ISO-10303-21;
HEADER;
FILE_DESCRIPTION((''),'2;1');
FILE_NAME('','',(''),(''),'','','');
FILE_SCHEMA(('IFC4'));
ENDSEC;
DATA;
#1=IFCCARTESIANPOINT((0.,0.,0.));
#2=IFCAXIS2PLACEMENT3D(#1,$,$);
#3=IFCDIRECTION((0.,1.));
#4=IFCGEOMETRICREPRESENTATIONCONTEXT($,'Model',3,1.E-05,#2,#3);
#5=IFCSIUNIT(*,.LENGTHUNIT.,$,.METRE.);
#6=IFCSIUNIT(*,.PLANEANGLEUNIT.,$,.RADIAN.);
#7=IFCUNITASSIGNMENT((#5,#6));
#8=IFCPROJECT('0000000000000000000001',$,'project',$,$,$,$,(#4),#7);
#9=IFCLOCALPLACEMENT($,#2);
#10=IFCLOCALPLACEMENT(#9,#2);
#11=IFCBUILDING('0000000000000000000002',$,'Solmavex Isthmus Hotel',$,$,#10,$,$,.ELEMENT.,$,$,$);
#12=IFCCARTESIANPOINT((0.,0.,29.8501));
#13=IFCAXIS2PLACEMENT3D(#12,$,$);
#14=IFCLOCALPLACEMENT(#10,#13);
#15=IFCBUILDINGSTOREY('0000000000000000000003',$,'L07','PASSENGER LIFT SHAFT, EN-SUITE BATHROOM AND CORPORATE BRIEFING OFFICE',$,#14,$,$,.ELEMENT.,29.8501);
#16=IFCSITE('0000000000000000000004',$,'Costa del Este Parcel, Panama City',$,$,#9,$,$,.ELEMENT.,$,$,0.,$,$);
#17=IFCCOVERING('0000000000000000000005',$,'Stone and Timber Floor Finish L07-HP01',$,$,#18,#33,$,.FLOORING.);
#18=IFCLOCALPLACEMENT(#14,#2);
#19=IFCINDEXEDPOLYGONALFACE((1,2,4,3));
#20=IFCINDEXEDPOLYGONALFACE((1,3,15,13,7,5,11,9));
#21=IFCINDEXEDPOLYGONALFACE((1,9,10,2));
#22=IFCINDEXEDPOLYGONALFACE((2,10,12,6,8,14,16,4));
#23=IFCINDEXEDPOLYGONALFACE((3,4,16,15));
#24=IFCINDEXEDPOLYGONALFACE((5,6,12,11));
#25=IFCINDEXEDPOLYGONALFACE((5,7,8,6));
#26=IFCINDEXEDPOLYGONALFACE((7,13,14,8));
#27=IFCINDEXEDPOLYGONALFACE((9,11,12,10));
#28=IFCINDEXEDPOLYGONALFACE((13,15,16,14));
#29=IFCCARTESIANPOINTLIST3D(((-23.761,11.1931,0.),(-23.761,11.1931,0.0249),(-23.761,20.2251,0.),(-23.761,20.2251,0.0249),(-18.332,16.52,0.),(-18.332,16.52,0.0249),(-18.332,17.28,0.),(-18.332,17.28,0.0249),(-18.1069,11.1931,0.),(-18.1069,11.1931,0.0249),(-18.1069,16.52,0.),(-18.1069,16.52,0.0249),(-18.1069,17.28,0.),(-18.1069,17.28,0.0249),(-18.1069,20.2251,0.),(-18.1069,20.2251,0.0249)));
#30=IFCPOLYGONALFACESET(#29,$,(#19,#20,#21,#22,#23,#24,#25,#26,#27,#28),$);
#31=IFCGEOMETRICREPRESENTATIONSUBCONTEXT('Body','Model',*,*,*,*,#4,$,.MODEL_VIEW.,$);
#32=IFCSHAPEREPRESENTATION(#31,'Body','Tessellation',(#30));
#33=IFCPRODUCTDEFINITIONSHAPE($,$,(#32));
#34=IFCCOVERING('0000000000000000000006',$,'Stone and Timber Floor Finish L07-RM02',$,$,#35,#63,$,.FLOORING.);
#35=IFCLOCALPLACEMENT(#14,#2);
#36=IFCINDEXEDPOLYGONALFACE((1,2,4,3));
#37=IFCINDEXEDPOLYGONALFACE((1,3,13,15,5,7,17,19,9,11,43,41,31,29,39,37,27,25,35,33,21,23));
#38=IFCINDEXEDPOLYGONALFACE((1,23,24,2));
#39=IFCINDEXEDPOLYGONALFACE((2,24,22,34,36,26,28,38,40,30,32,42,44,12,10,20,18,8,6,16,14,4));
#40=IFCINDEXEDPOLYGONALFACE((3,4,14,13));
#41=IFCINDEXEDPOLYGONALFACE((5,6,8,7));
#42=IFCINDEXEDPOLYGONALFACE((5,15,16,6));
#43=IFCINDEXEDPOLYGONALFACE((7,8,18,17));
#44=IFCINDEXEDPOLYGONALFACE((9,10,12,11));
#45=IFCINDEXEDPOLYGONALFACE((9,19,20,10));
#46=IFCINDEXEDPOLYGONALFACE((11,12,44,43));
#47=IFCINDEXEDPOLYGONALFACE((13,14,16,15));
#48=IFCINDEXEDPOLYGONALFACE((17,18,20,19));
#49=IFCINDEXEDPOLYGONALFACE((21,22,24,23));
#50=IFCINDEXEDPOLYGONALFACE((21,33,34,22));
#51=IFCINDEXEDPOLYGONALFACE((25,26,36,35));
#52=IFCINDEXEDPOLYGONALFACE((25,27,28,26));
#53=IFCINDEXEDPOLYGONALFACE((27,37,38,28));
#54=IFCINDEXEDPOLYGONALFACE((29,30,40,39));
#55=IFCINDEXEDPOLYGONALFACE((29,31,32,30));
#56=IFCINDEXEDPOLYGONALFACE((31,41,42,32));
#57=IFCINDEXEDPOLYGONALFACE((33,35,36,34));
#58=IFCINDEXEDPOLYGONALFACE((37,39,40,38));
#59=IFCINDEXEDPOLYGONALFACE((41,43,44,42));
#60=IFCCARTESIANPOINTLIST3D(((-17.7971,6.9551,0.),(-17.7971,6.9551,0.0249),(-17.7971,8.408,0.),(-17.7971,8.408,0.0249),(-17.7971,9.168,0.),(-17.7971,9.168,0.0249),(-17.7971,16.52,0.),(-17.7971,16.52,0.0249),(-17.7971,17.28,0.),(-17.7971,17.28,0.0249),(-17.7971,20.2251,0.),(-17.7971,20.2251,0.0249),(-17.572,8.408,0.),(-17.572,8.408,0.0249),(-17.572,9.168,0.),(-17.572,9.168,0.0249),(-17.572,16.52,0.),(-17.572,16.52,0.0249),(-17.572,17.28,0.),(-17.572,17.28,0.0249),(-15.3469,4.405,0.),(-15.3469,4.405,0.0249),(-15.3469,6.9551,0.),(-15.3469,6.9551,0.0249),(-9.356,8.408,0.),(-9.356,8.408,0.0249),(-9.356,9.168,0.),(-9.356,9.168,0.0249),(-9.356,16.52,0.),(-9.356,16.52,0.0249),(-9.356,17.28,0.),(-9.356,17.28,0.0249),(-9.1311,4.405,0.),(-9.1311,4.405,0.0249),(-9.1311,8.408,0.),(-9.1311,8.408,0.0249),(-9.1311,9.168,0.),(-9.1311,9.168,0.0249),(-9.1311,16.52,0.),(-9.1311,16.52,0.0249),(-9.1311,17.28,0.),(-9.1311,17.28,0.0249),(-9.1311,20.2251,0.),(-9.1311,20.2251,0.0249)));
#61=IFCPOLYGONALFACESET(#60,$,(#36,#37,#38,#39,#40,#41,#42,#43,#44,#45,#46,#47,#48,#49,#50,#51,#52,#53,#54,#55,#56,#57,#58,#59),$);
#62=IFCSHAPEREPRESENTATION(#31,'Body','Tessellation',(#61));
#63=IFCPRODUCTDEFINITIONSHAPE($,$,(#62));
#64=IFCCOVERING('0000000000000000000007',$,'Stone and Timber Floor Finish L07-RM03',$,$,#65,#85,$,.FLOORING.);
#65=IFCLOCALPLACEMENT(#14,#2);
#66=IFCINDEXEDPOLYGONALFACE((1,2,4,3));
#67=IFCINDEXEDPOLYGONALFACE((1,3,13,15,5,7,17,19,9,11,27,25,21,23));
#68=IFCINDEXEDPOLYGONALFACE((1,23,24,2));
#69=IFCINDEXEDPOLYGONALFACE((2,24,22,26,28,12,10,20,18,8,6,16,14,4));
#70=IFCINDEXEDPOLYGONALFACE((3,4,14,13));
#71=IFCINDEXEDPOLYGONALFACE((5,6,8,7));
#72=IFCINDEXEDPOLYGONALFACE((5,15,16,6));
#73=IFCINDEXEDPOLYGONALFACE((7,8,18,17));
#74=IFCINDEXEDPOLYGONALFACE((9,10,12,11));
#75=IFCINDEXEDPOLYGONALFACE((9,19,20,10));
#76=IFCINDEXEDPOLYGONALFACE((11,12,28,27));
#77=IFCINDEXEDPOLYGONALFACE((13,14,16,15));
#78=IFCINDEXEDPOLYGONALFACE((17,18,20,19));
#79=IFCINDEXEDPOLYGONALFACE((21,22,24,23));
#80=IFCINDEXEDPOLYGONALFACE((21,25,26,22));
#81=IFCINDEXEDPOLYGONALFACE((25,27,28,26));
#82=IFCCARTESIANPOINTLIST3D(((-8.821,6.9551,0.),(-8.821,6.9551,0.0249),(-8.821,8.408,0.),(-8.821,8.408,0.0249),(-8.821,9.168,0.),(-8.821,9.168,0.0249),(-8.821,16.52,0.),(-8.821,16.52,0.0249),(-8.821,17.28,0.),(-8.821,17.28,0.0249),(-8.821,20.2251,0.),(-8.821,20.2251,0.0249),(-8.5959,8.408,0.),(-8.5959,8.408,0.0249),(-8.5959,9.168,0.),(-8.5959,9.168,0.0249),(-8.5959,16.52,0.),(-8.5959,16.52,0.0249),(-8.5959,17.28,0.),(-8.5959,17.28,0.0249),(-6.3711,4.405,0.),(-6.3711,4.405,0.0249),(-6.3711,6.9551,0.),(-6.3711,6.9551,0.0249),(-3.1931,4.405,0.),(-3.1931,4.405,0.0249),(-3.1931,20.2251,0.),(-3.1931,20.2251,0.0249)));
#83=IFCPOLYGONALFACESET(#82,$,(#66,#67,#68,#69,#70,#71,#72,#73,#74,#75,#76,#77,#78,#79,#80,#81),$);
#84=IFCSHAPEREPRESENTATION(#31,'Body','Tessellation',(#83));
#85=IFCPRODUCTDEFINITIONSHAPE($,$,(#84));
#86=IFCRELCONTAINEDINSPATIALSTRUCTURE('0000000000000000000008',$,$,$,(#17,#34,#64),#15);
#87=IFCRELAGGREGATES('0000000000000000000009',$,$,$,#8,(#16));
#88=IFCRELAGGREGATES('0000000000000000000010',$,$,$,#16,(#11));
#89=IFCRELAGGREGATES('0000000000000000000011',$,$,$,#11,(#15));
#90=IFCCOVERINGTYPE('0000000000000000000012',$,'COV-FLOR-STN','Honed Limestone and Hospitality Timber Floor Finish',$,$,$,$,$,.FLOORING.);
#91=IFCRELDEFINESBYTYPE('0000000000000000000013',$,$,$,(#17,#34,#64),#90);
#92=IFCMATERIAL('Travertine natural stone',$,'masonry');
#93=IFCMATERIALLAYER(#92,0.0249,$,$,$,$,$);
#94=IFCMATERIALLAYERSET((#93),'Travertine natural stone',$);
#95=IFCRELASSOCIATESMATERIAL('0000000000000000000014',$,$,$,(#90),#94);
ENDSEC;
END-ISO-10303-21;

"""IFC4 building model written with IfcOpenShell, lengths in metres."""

from ifc_helpers import new_model, si_unit, direction, frame, origin, place, context, subcontext, project, spatial, polyline, outline, extrude, material, layer, layer_set, type_object, element, save


model = new_model("IFC4")

# Units and contexts
model_context = context("Model", 3, precision=1e-05, world=origin(), true_north=direction((0.0, 1.0)))
body_context = subcontext(model_context, "Body", "Model", "MODEL_VIEW")
ifc_project = project(units=[si_unit("LENGTHUNIT", "METRE"), si_unit("PLANEANGLEUNIT", "RADIAN")], contexts=[model_context])

# Site, building, storey
site_placement = place(None, origin())
site = spatial("IfcSite", under=ifc_project, at=site_placement, Name="Costa del Este Parcel, Panama City", CompositionType="ELEMENT", RefElevation=0.0)
building_placement = place(site_placement, origin())
building = spatial("IfcBuilding", under=site, at=building_placement, Name="Solmavex Isthmus Hotel", CompositionType="ELEMENT")
storey_placement = place(building_placement, frame((0.0, 0.0, 29.8501)))
storey = spatial("IfcBuildingStorey", under=building, at=storey_placement, Name="L07", Description="PASSENGER LIFT SHAFT, EN-SUITE BATHROOM AND CORPORATE BRIEFING OFFICE", CompositionType="ELEMENT", Elevation=29.8501)

# Coverings
ifc_material_1 = material(Name="Travertine natural stone", Category="masonry")
ifc_layer_1 = layer(ifc_material_1, 0.0249)
ifc_layer_set_1 = layer_set([ifc_layer_1], Name="Travertine natural stone")
covering_type_1 = type_object("IfcCoveringType", Name="COV-FLOR-STN", Description="Honed Limestone and Hospitality Timber Floor Finish", PredefinedType="FLOORING", material=ifc_layer_set_1)
covering_1_placement = place(storey_placement, origin())
element("IfcCovering", 1, at=covering_1_placement, inside=storey, type_object=covering_type_1, Name="Stone and Timber Floor Finish L07-HP01", PredefinedType="FLOORING", context=body_context, shape_type="SweptSolid", body=[
    extrude(outline(polyline([(-18.1069, 16.52), (-18.332, 16.52), (-18.332, 17.28), (-18.1069, 17.28), (-18.1069, 20.2251), (-23.761, 20.2251), (-23.761, 11.1931), (-18.1069, 11.1931), (-18.1069, 16.52)])), origin(), (0.0, 0.0, 1.0), 0.0249),
])
covering_2_placement = place(storey_placement, origin())
element("IfcCovering", 2, at=covering_2_placement, inside=storey, type_object=covering_type_1, Name="Stone and Timber Floor Finish L07-RM02", PredefinedType="FLOORING", context=body_context, shape_type="SweptSolid", body=[
    extrude(outline(polyline([(-17.7971, 9.168), (-17.572, 9.168), (-17.572, 8.408), (-17.7971, 8.408), (-17.7971, 6.9551), (-15.3469, 6.9551), (-15.3469, 4.405), (-9.1311, 4.405), (-9.1311, 8.408), (-9.356, 8.408), (-9.356, 9.168), (-9.1311, 9.168), (-9.1311, 16.52), (-9.356, 16.52), (-9.356, 17.28), (-9.1311, 17.28), (-9.1311, 20.2251), (-17.7971, 20.2251), (-17.7971, 17.28), (-17.572, 17.28), (-17.572, 16.52), (-17.7971, 16.52), (-17.7971, 9.168)])), origin(), (0.0, 0.0, 1.0), 0.0249),
])
covering_3_placement = place(storey_placement, origin())
element("IfcCovering", 3, at=covering_3_placement, inside=storey, type_object=covering_type_1, Name="Stone and Timber Floor Finish L07-RM03", PredefinedType="FLOORING", context=body_context, shape_type="SweptSolid", body=[
    extrude(outline(polyline([(-8.821, 9.168), (-8.5959, 9.168), (-8.5959, 8.408), (-8.821, 8.408), (-8.821, 6.9551), (-6.3711, 6.9551), (-6.3711, 4.405), (-3.1931, 4.405), (-3.1931, 20.2251), (-8.821, 20.2251), (-8.821, 17.28), (-8.5959, 17.28), (-8.5959, 16.52), (-8.821, 16.52), (-8.821, 9.168)])), origin(), (0.0, 0.0, 1.0), 0.0249),
])

save(model, "model.ifc")
